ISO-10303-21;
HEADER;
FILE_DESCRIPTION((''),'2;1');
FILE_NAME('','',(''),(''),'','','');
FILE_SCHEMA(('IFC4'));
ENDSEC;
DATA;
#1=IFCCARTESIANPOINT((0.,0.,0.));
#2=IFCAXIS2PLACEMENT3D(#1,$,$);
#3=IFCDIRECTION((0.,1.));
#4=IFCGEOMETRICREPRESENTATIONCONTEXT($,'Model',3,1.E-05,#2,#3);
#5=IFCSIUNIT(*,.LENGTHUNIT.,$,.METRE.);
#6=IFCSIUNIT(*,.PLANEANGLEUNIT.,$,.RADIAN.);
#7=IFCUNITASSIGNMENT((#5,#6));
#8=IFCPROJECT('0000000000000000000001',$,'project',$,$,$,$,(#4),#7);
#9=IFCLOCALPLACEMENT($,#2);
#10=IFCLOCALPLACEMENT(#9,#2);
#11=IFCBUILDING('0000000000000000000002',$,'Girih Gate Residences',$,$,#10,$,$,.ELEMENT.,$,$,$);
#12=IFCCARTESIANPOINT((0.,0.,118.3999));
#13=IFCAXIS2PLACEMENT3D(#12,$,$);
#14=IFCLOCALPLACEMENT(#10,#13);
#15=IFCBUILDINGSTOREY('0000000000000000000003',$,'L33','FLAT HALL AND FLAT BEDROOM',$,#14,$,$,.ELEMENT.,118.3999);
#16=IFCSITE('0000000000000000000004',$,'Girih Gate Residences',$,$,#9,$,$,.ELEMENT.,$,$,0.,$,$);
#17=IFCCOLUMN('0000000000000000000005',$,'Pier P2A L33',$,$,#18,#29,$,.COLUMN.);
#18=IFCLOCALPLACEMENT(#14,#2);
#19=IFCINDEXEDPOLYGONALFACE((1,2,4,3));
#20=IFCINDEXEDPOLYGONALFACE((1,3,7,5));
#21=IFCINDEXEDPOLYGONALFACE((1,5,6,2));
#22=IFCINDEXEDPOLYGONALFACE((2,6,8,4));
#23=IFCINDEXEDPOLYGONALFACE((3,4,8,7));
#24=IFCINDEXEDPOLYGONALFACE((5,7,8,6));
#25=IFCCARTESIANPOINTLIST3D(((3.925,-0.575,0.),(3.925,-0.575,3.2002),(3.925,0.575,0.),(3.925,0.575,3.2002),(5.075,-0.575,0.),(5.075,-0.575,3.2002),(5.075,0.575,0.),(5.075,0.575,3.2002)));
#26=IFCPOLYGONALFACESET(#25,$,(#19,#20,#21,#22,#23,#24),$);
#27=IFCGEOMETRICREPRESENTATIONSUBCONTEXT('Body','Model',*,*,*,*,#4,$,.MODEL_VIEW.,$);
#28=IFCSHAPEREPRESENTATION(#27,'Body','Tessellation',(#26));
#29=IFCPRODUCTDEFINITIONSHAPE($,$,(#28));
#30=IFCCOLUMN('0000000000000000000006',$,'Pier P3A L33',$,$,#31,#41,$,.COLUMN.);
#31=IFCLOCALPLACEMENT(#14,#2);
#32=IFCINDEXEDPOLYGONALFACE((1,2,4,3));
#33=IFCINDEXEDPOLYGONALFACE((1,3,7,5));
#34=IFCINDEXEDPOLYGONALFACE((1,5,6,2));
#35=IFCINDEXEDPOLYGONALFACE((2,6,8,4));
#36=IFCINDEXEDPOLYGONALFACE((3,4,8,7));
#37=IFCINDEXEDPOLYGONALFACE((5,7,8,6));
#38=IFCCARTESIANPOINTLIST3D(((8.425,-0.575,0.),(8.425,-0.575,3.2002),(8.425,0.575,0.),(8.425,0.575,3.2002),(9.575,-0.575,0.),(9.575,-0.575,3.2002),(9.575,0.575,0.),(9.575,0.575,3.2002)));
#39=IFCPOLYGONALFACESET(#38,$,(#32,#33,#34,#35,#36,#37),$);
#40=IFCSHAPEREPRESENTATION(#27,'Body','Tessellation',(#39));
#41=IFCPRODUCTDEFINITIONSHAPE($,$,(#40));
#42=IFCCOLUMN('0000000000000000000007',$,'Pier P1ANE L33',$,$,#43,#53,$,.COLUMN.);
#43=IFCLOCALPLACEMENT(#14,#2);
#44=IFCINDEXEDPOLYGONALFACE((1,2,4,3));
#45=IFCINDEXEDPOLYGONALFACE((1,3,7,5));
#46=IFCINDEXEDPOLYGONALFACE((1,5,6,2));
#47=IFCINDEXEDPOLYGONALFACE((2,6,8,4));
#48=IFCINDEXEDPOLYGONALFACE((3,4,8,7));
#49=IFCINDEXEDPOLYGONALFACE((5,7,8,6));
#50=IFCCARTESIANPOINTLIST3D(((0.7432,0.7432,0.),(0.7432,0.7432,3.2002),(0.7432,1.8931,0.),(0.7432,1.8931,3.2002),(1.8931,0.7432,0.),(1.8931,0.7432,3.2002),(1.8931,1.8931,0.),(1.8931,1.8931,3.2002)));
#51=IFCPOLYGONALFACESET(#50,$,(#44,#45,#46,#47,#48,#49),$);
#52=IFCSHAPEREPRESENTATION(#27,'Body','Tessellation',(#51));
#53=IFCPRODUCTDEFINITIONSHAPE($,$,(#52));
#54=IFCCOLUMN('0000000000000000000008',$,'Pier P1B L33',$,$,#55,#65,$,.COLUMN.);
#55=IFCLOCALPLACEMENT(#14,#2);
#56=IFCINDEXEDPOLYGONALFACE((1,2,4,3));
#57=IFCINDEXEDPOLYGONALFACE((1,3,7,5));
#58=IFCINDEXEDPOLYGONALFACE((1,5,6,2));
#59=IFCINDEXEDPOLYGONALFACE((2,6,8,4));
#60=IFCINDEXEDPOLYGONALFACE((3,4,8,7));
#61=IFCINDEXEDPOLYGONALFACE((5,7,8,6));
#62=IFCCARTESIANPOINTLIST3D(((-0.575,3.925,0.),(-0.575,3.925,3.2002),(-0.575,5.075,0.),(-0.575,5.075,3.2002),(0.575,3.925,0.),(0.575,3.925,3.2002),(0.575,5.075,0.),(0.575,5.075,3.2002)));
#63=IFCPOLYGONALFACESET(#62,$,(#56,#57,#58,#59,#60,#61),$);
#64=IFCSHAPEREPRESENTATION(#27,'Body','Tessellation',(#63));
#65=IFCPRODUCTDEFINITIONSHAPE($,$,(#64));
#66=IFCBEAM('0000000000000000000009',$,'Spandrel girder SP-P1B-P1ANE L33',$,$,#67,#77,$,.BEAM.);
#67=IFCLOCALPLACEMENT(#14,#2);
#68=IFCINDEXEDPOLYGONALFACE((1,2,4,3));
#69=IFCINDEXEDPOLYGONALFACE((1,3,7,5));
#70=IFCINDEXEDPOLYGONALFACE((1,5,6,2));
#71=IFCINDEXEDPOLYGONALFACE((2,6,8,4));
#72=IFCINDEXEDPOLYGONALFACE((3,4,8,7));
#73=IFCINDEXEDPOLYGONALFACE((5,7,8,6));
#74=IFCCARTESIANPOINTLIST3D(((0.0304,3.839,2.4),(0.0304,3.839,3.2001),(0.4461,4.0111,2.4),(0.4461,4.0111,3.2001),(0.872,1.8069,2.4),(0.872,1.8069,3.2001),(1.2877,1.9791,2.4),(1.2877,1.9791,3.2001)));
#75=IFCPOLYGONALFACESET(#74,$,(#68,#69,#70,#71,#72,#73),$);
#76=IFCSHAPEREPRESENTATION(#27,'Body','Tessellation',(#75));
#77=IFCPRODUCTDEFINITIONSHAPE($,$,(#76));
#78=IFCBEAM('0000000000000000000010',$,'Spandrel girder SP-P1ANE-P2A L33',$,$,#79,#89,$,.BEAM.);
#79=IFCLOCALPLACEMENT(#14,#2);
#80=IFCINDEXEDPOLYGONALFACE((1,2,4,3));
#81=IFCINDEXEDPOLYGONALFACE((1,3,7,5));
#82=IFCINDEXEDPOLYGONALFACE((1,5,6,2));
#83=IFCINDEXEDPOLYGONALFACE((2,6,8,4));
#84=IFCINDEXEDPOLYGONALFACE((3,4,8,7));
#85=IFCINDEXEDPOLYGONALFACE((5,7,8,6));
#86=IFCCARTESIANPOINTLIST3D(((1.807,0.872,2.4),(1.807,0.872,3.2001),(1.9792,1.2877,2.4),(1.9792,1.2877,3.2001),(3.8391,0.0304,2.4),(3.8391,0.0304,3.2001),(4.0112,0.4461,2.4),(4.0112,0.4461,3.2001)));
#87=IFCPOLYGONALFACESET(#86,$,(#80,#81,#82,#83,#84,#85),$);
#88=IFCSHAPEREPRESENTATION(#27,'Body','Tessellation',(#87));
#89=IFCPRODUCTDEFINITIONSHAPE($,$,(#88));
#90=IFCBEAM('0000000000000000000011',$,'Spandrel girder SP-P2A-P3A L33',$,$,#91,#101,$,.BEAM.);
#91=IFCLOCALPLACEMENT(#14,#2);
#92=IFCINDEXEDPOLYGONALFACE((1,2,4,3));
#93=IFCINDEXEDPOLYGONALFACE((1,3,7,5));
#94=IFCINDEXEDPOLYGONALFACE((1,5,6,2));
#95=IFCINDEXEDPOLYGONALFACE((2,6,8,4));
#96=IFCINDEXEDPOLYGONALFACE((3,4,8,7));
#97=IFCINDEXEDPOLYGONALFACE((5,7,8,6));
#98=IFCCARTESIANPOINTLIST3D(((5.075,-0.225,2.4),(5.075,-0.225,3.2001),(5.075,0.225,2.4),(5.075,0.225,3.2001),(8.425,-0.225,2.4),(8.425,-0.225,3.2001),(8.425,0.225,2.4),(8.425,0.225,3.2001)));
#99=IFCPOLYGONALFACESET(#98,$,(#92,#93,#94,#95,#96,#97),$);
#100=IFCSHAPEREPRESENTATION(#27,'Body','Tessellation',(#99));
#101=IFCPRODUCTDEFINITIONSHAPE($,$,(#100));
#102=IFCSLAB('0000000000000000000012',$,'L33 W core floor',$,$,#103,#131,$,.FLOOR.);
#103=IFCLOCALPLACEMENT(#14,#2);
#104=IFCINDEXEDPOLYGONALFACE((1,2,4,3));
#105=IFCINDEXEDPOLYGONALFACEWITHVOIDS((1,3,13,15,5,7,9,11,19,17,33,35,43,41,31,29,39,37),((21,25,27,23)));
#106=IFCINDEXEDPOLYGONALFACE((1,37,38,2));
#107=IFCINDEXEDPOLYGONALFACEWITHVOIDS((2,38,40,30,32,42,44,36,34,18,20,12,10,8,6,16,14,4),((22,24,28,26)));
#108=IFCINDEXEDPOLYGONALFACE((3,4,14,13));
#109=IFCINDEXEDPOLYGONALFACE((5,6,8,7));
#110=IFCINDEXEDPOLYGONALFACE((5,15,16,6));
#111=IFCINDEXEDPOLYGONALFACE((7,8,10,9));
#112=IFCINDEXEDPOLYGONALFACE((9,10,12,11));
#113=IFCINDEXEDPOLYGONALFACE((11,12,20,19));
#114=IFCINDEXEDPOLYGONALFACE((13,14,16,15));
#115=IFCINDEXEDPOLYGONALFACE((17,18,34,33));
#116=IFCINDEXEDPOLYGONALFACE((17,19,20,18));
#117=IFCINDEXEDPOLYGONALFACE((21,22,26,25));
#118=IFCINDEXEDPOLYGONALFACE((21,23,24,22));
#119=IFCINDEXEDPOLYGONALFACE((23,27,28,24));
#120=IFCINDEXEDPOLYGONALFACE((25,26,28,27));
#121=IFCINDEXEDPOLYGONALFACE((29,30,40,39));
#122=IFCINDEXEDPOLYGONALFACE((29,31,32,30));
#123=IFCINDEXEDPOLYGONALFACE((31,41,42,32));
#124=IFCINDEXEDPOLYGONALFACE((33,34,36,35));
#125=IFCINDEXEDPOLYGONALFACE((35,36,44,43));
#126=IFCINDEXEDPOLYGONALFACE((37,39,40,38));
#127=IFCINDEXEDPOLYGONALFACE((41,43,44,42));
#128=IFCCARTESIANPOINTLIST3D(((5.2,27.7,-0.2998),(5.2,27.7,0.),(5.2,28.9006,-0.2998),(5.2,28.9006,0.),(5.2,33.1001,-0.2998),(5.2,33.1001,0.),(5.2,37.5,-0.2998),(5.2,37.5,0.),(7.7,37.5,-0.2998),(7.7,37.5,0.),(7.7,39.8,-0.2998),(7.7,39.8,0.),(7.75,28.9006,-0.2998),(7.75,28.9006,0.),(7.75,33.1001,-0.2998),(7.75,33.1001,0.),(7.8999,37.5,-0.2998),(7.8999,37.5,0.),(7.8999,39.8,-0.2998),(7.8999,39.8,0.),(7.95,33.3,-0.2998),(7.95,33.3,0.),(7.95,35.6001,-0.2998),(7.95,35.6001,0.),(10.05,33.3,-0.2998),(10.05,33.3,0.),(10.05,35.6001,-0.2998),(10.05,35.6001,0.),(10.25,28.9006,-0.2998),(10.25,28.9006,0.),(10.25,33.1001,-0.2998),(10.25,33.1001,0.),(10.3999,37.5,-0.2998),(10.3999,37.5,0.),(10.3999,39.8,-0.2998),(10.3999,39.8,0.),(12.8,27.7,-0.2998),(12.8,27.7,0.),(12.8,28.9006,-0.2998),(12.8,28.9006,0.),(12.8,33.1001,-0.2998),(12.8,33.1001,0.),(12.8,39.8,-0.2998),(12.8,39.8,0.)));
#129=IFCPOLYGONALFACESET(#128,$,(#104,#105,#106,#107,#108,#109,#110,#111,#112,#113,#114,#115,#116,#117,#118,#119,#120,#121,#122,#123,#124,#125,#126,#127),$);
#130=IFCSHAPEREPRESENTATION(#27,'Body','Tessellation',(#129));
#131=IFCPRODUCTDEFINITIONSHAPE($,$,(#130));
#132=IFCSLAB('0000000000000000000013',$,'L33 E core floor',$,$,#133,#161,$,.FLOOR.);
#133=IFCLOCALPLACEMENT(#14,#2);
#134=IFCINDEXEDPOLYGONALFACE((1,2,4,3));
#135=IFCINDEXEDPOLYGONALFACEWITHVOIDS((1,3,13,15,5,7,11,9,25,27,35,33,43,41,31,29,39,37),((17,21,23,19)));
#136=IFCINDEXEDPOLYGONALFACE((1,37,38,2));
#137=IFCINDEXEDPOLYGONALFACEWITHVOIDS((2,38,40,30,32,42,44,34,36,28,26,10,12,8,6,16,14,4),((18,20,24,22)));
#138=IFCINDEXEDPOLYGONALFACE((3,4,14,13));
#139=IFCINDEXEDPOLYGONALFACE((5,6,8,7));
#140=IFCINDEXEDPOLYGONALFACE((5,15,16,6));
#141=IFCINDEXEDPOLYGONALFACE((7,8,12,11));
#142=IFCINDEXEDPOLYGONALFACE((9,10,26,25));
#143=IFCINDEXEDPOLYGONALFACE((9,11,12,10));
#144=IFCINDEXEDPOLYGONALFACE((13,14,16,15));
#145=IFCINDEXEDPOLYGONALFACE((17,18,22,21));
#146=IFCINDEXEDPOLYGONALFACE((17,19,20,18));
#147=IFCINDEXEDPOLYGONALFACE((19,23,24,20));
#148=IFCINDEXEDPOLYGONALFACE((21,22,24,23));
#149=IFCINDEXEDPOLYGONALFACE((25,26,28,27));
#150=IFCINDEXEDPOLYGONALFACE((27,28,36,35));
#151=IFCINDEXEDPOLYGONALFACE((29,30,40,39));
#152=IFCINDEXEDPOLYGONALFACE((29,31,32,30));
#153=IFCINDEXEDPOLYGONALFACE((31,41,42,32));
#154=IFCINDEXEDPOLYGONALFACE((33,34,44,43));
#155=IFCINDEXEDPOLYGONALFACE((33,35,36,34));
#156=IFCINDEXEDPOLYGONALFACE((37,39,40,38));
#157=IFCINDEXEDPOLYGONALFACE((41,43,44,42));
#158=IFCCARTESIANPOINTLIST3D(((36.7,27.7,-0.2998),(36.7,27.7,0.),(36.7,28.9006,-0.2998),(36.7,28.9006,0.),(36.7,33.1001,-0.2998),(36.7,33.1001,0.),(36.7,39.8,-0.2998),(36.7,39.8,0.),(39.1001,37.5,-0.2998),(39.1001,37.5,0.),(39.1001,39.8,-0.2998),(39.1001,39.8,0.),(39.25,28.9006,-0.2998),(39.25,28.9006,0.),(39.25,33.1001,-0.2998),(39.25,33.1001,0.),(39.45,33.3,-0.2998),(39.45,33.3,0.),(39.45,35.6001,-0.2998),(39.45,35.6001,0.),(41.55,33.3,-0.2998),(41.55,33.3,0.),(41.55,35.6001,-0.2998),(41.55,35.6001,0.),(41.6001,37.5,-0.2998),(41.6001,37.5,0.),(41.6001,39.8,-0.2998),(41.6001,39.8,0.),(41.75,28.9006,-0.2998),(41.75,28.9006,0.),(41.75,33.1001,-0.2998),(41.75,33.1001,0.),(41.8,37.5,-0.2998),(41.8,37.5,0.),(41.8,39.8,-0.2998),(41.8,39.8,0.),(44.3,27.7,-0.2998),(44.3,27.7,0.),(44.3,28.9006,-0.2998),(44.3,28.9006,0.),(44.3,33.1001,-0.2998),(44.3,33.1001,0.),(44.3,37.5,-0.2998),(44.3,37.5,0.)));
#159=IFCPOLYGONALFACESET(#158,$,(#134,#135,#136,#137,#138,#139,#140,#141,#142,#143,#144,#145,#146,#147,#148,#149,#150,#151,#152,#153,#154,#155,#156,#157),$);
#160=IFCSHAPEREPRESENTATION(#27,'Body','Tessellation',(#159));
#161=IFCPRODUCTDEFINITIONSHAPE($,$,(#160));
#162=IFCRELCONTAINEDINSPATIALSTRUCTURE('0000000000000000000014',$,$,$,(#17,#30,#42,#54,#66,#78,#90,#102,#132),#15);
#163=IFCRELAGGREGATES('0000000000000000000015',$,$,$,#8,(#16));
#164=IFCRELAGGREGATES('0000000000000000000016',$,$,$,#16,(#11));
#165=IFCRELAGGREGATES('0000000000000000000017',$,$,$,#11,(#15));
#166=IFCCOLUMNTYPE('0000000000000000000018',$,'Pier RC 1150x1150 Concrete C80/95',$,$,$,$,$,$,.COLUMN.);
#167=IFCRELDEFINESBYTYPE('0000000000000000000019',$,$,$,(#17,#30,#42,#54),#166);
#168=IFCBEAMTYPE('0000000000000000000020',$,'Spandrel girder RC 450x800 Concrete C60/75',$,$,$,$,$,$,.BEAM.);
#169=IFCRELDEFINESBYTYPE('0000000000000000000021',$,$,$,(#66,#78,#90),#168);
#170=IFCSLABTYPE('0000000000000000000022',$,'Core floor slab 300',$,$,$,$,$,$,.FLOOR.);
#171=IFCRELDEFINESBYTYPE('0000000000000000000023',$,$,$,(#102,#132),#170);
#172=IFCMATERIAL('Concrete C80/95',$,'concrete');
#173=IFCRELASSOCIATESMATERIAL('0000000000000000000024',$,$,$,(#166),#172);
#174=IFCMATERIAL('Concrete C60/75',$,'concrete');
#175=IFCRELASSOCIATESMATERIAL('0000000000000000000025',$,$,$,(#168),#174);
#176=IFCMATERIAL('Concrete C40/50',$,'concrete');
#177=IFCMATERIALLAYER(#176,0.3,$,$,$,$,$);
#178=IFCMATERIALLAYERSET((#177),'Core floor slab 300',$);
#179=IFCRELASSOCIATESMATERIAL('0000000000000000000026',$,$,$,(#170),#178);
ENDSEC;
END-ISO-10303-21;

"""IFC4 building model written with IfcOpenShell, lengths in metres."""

from ifc_helpers import new_model, si_unit, direction, frame, origin, origin_2d, place, context, subcontext, project, spatial, polyline, rectangle, outline, extrude, material, layer, layer_set, material_profile, profile_set, type_object, element, save


model = new_model("IFC4")

# Units and contexts
model_context = context("Model", 3, precision=1e-05, world=origin(), true_north=direction((0.0, 1.0)))
body_context = subcontext(model_context, "Body", "Model", "MODEL_VIEW")
ifc_project = project(units=[si_unit("LENGTHUNIT", "METRE"), si_unit("PLANEANGLEUNIT", "RADIAN")], contexts=[model_context])

# Site, building, storey
site_placement = place(None, origin())
site = spatial("IfcSite", under=ifc_project, at=site_placement, Name="Girih Gate Residences", CompositionType="ELEMENT", RefElevation=0.0)
building_placement = place(site_placement, origin())
building = spatial("IfcBuilding", under=site, at=building_placement, Name="Girih Gate Residences", CompositionType="ELEMENT")
storey_placement = place(building_placement, frame((0.0, 0.0, 118.3999)))
storey = spatial("IfcBuildingStorey", under=building, at=storey_placement, Name="L33", Description="FLAT HALL AND FLAT BEDROOM", CompositionType="ELEMENT", Elevation=118.3999)

# Columns
ifc_material_1 = material(Name="Concrete C80/95", Category="concrete")
ifc_material_profile_1 = material_profile(ifc_material_1, rectangle(XDim=1.1499, YDim=1.1499, at=origin_2d()))
ifc_profile_set_1 = profile_set([ifc_material_profile_1], Name="Concrete C80/95")
column_type = type_object("IfcColumnType", Name="Pier RC 1150x1150 Concrete C80/95", PredefinedType="COLUMN", material=ifc_profile_set_1)
for number, where, z_axis, x_axis, name in (
    (1, (4.5, 0.0, 0.0), (0.0, 0.0, 1.0), (1.0, 0.0, 0.0), "Pier P2A L33"),
    (2, (9.0, 0.0, 0.0), (0.0, 0.0, 1.0), (1.0, 0.0, 0.0), "Pier P3A L33"),
    (3, (1.3181, 1.3181, 0.0), (0.0, 0.0, 1.0), (1.0, 0.0, 0.0), "Pier P1ANE L33"),
    (4, (0.0, 4.5, 0.0), (0.0, 0.0, 1.0), (1.0, 0.0, 0.0), "Pier P1B L33"),
):
    element("IfcColumn", number, at=place(storey_placement, frame(where, z_axis=z_axis, x_axis=x_axis)), inside=storey, type_object=column_type, Name=name, PredefinedType="COLUMN", context=body_context, shape_type="SweptSolid", body=[
        extrude(rectangle(XDim=1.1499, YDim=1.1499, at=origin_2d()), origin(), (0.0, 0.0, 1.0), 3.2002),
    ])

# Beams
ifc_material_2 = material(Name="Concrete C60/75", Category="concrete")
ifc_material_profile_2 = material_profile(ifc_material_2, rectangle(XDim=0.45, YDim=0.8, at=origin_2d()))
ifc_profile_set_2 = profile_set([ifc_material_profile_2], Name="Concrete C60/75")
beam_type = type_object("IfcBeamType", Name="Spandrel girder RC 450x800 Concrete C60/75", PredefinedType="BEAM", material=ifc_profile_set_2)
for number, where, z_axis, x_axis, name in (
    (5, (0.2383, 3.925, 2.8), (0.382636, -0.923899, 0.0), (0.923899, 0.382636, 0.0), "Spandrel girder SP-P1B-P1ANE L33"),
    (6, (1.8931, 1.0798, 2.8), (0.923899, -0.382636, 0.0), (0.382636, 0.923899, 0.0), "Spandrel girder SP-P1ANE-P2A L33"),
):
    element("IfcBeam", number, at=place(storey_placement, frame(where, z_axis=z_axis, x_axis=x_axis)), inside=storey, type_object=beam_type, Name=name, PredefinedType="BEAM", context=body_context, shape_type="SweptSolid", body=[
        extrude(rectangle(XDim=0.45, YDim=0.8, at=origin_2d()), origin(), (0.0, 0.0, 1.0), 2.1995),
    ])
beam_placement = place(storey_placement, frame((5.075, 0.0, 2.8), z_axis=(1.0, 0.0, 0.0), x_axis=(0.0, 1.0, 0.0)))
element("IfcBeam", 7, at=beam_placement, inside=storey, type_object=beam_type, Name="Spandrel girder SP-P2A-P3A L33", PredefinedType="BEAM", context=body_context, shape_type="SweptSolid", body=[
    extrude(rectangle(XDim=0.45, YDim=0.8, at=origin_2d()), origin(), (0.0, 0.0, 1.0), 3.3501),
])

# Slabs
ifc_material_3 = material(Name="Concrete C40/50", Category="concrete")
ifc_layer_1 = layer(ifc_material_3, 0.3)
ifc_layer_set_1 = layer_set([ifc_layer_1], Name="Core floor slab 300")
slab_type_1 = type_object("IfcSlabType", Name="Core floor slab 300", PredefinedType="FLOOR", material=ifc_layer_set_1)
slab_1_placement = place(storey_placement, frame((0.0, 0.0, -0.2998)))
element("IfcSlab", 8, at=slab_1_placement, inside=storey, type_object=slab_type_1, Name="L33 W core floor", PredefinedType="FLOOR", context=body_context, shape_type="SweptSolid", body=[
    extrude(outline(polyline([(12.8, 27.7), (5.2, 27.7), (5.2, 28.9006), (7.75, 28.9006), (7.75, 33.1001), (5.2, 33.1001), (5.2, 37.5), (7.7, 37.5), (7.7, 39.8), (7.8999, 39.8), (7.8999, 37.5), (10.3999, 37.5), (10.3999, 39.8), (12.8, 39.8), (12.8, 33.1001), (10.25, 33.1001), (10.25, 28.9006), (12.8, 28.9006), (12.8, 27.7)]), holes=[polyline([(7.95, 33.3), (10.05, 33.3), (10.05, 35.6001), (7.95, 35.6001), (7.95, 33.3)])]), origin(), (0.0, 0.0, 1.0), 0.2998),
])
slab_2_placement = place(storey_placement, frame((0.0, 0.0, -0.2998)))
element("IfcSlab", 9, at=slab_2_placement, inside=storey, type_object=slab_type_1, Name="L33 E core floor", PredefinedType="FLOOR", context=body_context, shape_type="SweptSolid", body=[
    extrude(outline(polyline([(44.3, 27.7), (36.7, 27.7), (36.7, 28.9006), (39.25, 28.9006), (39.25, 33.1001), (36.7, 33.1001), (36.7, 39.8), (39.1001, 39.8), (39.1001, 37.5), (41.6001, 37.5), (41.6001, 39.8), (41.8, 39.8), (41.8, 37.5), (44.3, 37.5), (44.3, 33.1001), (41.75, 33.1001), (41.75, 28.9006), (44.3, 28.9006), (44.3, 27.7)]), holes=[polyline([(39.45, 33.3), (41.55, 33.3), (41.55, 35.6001), (39.45, 35.6001), (39.45, 33.3)])]), origin(), (0.0, 0.0, 1.0), 0.2998),
])

save(model, "model.ifc")
